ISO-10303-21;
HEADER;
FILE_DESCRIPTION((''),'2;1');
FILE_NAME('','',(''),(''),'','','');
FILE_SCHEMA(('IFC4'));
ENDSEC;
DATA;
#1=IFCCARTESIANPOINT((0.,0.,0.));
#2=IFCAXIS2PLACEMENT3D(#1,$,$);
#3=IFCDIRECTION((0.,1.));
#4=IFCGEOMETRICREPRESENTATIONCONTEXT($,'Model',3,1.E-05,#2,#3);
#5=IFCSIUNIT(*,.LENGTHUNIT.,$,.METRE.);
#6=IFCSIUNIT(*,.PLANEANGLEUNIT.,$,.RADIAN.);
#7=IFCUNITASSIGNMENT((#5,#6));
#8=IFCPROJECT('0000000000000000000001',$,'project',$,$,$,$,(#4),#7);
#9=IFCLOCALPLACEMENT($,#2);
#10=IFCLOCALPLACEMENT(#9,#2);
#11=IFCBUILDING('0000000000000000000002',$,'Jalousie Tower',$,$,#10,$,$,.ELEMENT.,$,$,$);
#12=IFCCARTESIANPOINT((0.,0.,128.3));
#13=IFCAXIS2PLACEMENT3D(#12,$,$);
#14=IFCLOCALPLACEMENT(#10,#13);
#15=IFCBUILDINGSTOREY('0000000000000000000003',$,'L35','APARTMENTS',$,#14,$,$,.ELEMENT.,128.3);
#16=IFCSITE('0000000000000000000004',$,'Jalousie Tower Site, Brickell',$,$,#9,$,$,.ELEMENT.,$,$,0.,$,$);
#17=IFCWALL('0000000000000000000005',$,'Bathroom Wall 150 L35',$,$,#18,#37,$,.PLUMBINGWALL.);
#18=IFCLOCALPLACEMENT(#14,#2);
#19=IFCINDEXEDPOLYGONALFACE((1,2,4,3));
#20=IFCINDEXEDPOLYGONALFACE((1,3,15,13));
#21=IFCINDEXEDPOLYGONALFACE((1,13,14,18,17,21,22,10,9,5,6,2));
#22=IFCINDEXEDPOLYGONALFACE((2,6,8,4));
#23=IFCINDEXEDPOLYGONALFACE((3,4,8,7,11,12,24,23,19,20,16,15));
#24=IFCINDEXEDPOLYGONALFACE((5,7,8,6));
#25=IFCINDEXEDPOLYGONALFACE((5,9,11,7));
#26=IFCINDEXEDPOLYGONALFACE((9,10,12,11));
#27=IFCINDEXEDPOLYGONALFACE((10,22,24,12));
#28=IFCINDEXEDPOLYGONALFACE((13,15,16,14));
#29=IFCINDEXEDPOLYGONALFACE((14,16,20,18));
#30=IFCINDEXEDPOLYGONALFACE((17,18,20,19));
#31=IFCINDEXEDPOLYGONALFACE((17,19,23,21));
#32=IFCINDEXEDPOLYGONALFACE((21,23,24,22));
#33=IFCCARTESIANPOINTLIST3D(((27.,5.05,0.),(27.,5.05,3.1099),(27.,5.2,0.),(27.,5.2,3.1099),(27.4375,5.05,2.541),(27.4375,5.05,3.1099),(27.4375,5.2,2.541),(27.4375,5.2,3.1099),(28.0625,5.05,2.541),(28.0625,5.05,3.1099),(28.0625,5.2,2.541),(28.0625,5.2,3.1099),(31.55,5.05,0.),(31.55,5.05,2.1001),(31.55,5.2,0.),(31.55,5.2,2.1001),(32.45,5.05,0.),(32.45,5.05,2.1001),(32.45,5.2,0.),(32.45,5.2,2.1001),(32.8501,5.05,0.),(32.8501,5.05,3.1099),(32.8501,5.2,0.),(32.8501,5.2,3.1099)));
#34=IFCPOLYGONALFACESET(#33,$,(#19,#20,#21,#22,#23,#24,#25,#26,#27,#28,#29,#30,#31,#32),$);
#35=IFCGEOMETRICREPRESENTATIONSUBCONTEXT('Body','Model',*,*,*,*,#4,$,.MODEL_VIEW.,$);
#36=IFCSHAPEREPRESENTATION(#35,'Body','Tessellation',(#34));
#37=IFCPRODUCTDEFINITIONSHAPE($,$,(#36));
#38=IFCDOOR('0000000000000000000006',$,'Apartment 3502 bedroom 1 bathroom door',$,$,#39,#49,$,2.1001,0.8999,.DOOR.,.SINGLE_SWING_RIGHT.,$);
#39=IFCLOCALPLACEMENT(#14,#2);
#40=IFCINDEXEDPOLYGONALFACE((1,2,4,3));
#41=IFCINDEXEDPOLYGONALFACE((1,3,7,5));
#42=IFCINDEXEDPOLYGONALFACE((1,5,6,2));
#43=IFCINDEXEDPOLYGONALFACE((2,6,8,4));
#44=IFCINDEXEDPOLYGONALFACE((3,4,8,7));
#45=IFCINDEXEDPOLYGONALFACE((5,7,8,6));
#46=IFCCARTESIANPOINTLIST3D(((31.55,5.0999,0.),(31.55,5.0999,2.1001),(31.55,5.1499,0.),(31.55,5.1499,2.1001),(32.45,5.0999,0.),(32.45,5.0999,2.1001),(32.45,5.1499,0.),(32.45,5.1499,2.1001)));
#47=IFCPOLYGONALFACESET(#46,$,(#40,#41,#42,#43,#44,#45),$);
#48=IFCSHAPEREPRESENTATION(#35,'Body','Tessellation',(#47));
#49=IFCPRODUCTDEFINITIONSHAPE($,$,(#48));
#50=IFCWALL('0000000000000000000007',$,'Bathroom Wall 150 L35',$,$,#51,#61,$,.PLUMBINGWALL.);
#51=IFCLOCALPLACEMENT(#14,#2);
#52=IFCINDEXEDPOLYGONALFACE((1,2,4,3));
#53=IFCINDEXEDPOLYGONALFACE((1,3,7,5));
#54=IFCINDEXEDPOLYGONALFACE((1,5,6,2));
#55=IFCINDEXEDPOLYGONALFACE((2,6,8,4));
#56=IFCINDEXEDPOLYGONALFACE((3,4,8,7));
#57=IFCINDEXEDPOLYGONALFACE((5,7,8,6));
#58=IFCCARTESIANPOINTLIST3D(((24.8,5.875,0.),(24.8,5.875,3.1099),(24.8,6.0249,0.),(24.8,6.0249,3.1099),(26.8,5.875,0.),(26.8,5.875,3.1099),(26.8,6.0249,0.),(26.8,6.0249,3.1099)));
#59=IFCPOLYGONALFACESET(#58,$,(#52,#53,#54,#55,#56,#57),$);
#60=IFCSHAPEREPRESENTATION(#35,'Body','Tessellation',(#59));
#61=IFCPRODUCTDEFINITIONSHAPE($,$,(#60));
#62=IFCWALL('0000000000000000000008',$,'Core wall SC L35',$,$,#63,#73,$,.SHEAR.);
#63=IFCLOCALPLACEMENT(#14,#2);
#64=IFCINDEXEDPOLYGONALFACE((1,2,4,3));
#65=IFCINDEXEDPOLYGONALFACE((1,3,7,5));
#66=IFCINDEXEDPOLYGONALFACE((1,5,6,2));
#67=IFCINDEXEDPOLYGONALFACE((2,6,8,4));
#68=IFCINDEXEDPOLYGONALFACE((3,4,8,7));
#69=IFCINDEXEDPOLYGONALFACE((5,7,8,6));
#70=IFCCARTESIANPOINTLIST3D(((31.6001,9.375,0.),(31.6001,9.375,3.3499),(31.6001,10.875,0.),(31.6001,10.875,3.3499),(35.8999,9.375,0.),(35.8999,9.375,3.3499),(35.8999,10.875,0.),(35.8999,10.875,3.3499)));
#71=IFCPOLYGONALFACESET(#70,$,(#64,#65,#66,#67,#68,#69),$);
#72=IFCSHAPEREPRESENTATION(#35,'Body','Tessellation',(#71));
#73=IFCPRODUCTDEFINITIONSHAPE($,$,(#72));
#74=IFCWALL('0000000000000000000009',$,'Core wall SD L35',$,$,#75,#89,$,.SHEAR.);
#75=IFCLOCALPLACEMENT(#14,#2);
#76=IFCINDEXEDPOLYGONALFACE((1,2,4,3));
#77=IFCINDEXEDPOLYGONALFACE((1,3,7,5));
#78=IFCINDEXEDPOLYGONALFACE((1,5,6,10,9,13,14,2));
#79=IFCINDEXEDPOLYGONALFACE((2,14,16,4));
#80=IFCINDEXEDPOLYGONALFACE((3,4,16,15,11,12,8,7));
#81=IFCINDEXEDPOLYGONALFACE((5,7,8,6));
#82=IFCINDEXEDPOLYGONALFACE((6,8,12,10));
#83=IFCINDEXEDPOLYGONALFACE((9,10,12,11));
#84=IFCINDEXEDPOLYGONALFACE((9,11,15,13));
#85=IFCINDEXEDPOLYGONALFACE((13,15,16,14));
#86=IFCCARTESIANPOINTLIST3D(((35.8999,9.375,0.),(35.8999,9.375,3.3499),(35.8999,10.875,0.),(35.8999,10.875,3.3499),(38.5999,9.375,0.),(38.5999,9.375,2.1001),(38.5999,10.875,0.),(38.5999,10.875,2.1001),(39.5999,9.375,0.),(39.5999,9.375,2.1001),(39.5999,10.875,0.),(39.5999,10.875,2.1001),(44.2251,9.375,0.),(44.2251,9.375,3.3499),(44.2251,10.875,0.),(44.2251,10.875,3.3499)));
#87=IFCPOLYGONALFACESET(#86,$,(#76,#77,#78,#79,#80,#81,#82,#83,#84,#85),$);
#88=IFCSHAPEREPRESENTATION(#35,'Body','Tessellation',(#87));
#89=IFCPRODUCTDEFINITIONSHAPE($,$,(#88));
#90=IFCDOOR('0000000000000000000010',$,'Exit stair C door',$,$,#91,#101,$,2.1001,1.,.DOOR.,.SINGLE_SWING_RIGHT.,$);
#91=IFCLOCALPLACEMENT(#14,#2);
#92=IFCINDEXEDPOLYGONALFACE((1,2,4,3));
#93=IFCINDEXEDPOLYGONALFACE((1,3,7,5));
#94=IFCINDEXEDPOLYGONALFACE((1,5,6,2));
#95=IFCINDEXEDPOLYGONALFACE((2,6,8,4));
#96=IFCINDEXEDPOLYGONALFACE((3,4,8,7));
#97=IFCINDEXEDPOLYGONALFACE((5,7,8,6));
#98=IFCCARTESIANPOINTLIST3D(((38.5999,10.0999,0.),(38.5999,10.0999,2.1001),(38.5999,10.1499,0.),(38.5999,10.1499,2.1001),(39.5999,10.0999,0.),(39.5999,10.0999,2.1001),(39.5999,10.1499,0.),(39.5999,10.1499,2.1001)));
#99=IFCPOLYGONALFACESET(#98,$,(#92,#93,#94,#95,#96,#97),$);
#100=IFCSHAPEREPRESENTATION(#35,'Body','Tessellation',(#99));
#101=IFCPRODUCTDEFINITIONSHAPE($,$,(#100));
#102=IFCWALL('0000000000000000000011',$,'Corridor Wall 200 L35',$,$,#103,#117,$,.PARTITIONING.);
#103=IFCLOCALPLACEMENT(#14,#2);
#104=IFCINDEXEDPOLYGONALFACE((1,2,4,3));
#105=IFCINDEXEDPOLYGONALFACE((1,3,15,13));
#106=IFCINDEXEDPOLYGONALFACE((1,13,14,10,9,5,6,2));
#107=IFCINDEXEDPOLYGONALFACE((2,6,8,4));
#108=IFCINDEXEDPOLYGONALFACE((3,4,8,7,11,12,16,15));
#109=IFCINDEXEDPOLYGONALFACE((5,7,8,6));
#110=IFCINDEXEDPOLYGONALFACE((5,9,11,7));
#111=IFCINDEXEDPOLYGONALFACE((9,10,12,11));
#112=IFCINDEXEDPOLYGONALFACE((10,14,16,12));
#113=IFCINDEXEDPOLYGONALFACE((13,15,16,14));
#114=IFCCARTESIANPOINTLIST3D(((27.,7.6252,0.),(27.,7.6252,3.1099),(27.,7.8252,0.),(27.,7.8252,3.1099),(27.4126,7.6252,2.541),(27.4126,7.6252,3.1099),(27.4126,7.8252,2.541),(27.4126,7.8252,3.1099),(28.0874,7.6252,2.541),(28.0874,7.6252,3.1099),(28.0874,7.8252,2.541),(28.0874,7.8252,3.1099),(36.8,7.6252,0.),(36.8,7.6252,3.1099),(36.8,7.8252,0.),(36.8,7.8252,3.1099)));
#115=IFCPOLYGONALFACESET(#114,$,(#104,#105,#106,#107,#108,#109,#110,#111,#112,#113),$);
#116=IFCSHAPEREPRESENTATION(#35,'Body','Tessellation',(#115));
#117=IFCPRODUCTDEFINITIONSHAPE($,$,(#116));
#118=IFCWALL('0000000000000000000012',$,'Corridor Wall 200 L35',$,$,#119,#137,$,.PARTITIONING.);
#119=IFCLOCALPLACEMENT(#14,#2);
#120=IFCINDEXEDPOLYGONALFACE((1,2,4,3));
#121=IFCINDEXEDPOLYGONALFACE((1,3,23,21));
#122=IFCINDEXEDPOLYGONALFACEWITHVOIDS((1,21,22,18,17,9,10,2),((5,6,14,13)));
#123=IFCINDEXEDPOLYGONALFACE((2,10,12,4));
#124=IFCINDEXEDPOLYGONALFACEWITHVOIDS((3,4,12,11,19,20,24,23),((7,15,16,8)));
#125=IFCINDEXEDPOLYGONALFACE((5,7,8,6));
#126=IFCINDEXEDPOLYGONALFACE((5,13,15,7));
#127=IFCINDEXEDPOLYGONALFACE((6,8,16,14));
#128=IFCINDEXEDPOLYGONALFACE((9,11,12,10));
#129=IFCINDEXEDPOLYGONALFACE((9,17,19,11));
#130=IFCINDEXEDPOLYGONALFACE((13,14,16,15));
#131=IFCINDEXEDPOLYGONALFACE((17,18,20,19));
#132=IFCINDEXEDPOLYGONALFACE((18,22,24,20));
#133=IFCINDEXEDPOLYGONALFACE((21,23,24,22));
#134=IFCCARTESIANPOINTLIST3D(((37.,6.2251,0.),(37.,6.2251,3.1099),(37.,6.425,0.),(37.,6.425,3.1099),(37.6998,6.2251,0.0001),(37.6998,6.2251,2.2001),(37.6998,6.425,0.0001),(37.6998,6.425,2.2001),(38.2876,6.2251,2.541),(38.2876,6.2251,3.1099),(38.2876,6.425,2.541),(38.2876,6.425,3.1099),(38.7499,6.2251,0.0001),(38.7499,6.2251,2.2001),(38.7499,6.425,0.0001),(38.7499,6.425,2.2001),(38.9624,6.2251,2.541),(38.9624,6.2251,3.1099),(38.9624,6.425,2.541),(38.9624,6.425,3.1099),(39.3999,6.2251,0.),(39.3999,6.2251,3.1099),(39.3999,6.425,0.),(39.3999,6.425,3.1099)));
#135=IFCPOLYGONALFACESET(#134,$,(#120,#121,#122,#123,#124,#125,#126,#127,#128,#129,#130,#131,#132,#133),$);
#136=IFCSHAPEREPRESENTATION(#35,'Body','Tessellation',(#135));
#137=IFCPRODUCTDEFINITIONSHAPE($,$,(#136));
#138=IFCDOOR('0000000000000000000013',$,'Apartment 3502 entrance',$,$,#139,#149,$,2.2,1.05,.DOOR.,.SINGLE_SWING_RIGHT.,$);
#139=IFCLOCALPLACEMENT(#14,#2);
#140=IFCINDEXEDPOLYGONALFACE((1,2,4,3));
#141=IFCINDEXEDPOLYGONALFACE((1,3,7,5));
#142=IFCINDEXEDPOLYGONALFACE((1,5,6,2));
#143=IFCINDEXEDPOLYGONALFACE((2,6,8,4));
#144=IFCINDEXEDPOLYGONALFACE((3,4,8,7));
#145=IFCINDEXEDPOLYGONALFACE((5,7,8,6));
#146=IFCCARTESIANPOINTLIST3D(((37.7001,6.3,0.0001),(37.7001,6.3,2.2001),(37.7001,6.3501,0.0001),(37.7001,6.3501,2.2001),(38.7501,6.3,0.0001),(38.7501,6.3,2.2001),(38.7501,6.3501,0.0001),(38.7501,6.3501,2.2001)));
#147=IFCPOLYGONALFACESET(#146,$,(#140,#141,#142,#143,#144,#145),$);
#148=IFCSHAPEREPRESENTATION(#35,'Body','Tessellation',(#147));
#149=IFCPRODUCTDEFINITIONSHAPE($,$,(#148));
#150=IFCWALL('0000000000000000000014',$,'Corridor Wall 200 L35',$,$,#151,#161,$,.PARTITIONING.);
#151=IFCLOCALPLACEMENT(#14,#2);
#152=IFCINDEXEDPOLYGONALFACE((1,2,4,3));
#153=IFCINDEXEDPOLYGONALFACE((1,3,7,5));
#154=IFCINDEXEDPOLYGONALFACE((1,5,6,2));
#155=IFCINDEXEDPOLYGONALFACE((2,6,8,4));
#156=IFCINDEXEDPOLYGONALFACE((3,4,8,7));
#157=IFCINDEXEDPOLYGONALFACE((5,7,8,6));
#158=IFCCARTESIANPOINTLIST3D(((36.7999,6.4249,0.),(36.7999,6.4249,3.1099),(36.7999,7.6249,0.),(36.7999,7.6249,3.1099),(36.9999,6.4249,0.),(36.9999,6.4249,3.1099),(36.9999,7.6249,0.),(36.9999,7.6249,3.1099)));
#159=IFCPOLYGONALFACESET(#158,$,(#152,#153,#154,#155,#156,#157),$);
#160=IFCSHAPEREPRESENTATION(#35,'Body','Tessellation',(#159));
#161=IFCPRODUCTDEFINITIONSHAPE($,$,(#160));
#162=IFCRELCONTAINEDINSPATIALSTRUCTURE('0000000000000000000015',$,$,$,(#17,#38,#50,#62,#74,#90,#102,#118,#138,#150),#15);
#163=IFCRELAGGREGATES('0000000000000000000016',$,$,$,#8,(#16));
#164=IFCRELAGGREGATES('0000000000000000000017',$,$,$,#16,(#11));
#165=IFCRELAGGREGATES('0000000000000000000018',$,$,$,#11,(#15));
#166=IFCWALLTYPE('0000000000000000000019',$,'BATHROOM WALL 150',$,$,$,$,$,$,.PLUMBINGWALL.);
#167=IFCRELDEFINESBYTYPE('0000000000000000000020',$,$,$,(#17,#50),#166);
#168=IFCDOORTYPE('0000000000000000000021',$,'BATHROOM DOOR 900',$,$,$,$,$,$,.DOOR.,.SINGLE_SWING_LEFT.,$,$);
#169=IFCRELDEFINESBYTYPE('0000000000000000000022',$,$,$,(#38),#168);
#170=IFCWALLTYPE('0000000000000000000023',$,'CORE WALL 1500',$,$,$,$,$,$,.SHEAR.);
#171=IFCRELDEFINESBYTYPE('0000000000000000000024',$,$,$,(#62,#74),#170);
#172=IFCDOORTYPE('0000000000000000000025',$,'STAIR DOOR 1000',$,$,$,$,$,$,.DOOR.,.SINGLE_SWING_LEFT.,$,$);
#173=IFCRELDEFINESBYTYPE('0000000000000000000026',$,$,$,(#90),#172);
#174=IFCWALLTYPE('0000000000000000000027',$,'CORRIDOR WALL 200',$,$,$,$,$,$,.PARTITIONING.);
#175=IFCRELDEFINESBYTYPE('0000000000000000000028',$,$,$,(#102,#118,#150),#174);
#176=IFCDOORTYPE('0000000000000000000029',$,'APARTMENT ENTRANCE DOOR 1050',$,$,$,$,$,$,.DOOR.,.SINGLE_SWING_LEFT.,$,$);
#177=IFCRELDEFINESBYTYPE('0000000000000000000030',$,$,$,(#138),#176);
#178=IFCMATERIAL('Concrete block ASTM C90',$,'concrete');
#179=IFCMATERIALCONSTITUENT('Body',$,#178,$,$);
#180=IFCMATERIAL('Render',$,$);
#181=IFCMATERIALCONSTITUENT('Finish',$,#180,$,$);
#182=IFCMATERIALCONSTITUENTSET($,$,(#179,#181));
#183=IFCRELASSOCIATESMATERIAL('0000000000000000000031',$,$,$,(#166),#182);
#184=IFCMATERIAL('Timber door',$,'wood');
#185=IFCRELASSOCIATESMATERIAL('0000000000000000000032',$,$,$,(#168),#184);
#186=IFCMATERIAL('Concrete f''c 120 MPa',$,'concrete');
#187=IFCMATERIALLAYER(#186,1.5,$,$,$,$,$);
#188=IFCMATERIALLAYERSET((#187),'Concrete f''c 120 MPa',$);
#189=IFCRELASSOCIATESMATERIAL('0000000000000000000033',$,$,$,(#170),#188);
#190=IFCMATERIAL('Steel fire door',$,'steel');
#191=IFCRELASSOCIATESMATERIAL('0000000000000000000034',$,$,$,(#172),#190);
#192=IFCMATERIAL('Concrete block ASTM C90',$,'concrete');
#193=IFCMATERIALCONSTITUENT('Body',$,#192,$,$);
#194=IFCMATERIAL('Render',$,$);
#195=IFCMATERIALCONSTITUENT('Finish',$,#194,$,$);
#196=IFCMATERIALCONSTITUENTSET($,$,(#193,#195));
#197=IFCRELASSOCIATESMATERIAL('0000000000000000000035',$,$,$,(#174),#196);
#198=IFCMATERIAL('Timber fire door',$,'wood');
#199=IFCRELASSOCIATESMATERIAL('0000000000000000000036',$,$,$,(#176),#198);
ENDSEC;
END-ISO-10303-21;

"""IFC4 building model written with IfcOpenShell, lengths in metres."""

from ifc_helpers import new_model, si_unit, direction, frame, frame_2d, origin, place, context, subcontext, project, spatial, polyline, rectangle, outline, extrude, material, layer, layer_set, constituent, constituent_set, type_object, element, fill, save


model = new_model("IFC4")

# Units and contexts
model_context = context("Model", 3, precision=1e-05, world=origin(), true_north=direction((0.0, 1.0)))
body_context = subcontext(model_context, "Body", "Model", "MODEL_VIEW")
ifc_project = project(units=[si_unit("LENGTHUNIT", "METRE"), si_unit("PLANEANGLEUNIT", "RADIAN")], contexts=[model_context])

# Site, building, storey
site_placement = place(None, origin())
site = spatial("IfcSite", under=ifc_project, at=site_placement, Name="Jalousie Tower Site, Brickell", CompositionType="ELEMENT", RefElevation=0.0)
building_placement = place(site_placement, origin())
building = spatial("IfcBuilding", under=site, at=building_placement, Name="Jalousie Tower", CompositionType="ELEMENT")
storey_placement = place(building_placement, frame((0.0, 0.0, 128.3)))
storey = spatial("IfcBuildingStorey", under=building, at=storey_placement, Name="L35", Description="APARTMENTS", CompositionType="ELEMENT", Elevation=128.3)

# Wall, opening, door
ifc_material_1 = material(Name="Concrete block ASTM C90", Category="concrete")
ifc_constituent_1 = constituent(ifc_material_1, Name="Body")
ifc_material_2 = material(Name="Render")
ifc_constituent_2 = constituent(ifc_material_2, Name="Finish")
ifc_constituent_set_1 = constituent_set(constituents=[ifc_constituent_1, ifc_constituent_2])
wall_type_1 = type_object("IfcWallType", Name="BATHROOM WALL 150", PredefinedType="PLUMBINGWALL", material=ifc_constituent_set_1)
wall_1_placement = place(storey_placement, frame((27.0, 5.125, 0.0), z_axis=(0.0, 0.0, 1.0), x_axis=(1.0, 0.0, 0.0)))
wall_1 = element("IfcWall", 1, at=wall_1_placement, inside=storey, type_object=wall_type_1, Name="Bathroom Wall 150 L35", PredefinedType="PLUMBINGWALL", context=body_context, shape_type="SweptSolid", body=[
    extrude(outline(polyline([(0.0, 0.0), (5.8501, 0.0), (5.8501, 3.1099), (1.0625, 3.1099), (1.0625, 2.541), (0.4375, 2.541), (0.4375, 3.1099), (0.0, 3.1099), (0.0, 0.0)])), frame((0.0, 0.075, 0.0), z_axis=(0.0, -1.0, 0.0), x_axis=(1.0, 0.0, 0.0)), (0.0, 0.0, 1.0), 0.1499),
])
opening_1_placement = place(wall_1_placement, frame((4.55, 0.0, 0.0)))
opening_1 = element("IfcOpeningElement", 2, at=opening_1_placement, cuts=wall_1, PredefinedType="OPENING", context=body_context, shape_type="SweptSolid", body=[
    extrude(rectangle(XDim=0.8999, YDim=2.1001, at=frame_2d((0.45, 1.05))), frame((0.0, 0.085, 0.0), z_axis=(0.0, -1.0, 0.0), x_axis=(1.0, 0.0, 0.0)), (0.0, 0.0, 1.0), 0.1699),
])
ifc_material_3 = material(Name="Timber door", Category="wood")
door_type_1 = type_object("IfcDoorType", Name="BATHROOM DOOR 900", OperationType="SINGLE_SWING_LEFT", PredefinedType="DOOR", material=ifc_material_3)
door_1_placement = place(opening_1_placement, origin())
door_1 = element("IfcDoor", 3, at=door_1_placement, inside=storey, type_object=door_type_1, Name="Apartment 3502 bedroom 1 bathroom door", OperationType="SINGLE_SWING_RIGHT", OverallHeight=2.1001, OverallWidth=0.8999, PredefinedType="DOOR", context=body_context, shape_type="SweptSolid", body=[
    extrude(rectangle(XDim=0.8999, YDim=2.1001, at=frame_2d((0.45, 1.05))), frame((0.0, 0.0249, 0.0), z_axis=(0.0, -1.0, 0.0), x_axis=(1.0, 0.0, 0.0)), (0.0, 0.0, 1.0), 0.05),
])
fill(opening_1, door_1)

# Walls
wall_2_placement = place(storey_placement, frame((26.8, 5.95, 0.0), z_axis=(0.0, 0.0, 1.0), x_axis=(-1.0, 0.0, 0.0)))
element("IfcWall", 4, at=wall_2_placement, inside=storey, type_object=wall_type_1, Name="Bathroom Wall 150 L35", PredefinedType="PLUMBINGWALL", context=body_context, shape_type="SweptSolid", body=[
    extrude(rectangle(XDim=2.0, YDim=0.1499, at=frame_2d((1.0, 0.0))), origin(), (0.0, 0.0, 1.0), 3.1099),
])
ifc_material_4 = material(Name="Concrete f'c 120 MPa", Category="concrete")
ifc_layer_1 = layer(ifc_material_4, 1.5)
ifc_layer_set_1 = layer_set([ifc_layer_1], Name="Concrete f'c 120 MPa")
wall_type_2 = type_object("IfcWallType", Name="CORE WALL 1500", PredefinedType="SHEAR", material=ifc_layer_set_1)
wall_3_placement = place(storey_placement, frame((31.6001, 10.125, 0.0), z_axis=(0.0, 0.0, 1.0), x_axis=(1.0, 0.0, 0.0)))
element("IfcWall", 5, at=wall_3_placement, inside=storey, type_object=wall_type_2, Name="Core wall SC L35", PredefinedType="SHEAR", context=body_context, shape_type="SweptSolid", body=[
    extrude(rectangle(XDim=4.2998, YDim=1.5, at=frame_2d((2.1499, 0.0))), origin(), (0.0, 0.0, 1.0), 3.3499),
])

# Wall, opening, door
wall_4_placement = place(storey_placement, frame((35.8999, 10.125, 0.0), z_axis=(0.0, 0.0, 1.0), x_axis=(1.0, 0.0, 0.0)))
wall_4 = element("IfcWall", 6, at=wall_4_placement, inside=storey, type_object=wall_type_2, Name="Core wall SD L35", PredefinedType="SHEAR", context=body_context, shape_type="SweptSolid", body=[
    extrude(rectangle(XDim=8.3252, YDim=1.5, at=frame_2d((4.1626, 0.0))), origin(), (0.0, 0.0, 1.0), 3.3499),
])
opening_2_placement = place(wall_4_placement, frame((2.7, 0.0, 0.0)))
opening_2 = element("IfcOpeningElement", 7, at=opening_2_placement, cuts=wall_4, PredefinedType="OPENING", context=body_context, shape_type="SweptSolid", body=[
    extrude(rectangle(XDim=1.0, YDim=2.1001, at=frame_2d((0.5, 1.05))), frame((0.0, 0.76, 0.0), z_axis=(0.0, -1.0, 0.0), x_axis=(1.0, 0.0, 0.0)), (0.0, 0.0, 1.0), 1.52),
])
ifc_material_5 = material(Name="Steel fire door", Category="steel")
door_type_2 = type_object("IfcDoorType", Name="STAIR DOOR 1000", OperationType="SINGLE_SWING_LEFT", PredefinedType="DOOR", material=ifc_material_5)
door_2_placement = place(opening_2_placement, origin())
door_2 = element("IfcDoor", 8, at=door_2_placement, inside=storey, type_object=door_type_2, Name="Exit stair C door", OperationType="SINGLE_SWING_RIGHT", OverallHeight=2.1001, OverallWidth=1.0, PredefinedType="DOOR", context=body_context, shape_type="SweptSolid", body=[
    extrude(rectangle(XDim=1.0, YDim=2.1001, at=frame_2d((0.5, 1.05))), frame((0.0, 0.0249, 0.0), z_axis=(0.0, -1.0, 0.0), x_axis=(1.0, 0.0, 0.0)), (0.0, 0.0, 1.0), 0.05),
])
fill(opening_2, door_2)

# Wall
ifc_material_6 = material(Name="Concrete block ASTM C90", Category="concrete")
ifc_constituent_3 = constituent(ifc_material_6, Name="Body")
ifc_material_7 = material(Name="Render")
ifc_constituent_4 = constituent(ifc_material_7, Name="Finish")
ifc_constituent_set_2 = constituent_set(constituents=[ifc_constituent_3, ifc_constituent_4])
wall_type_3 = type_object("IfcWallType", Name="CORRIDOR WALL 200", PredefinedType="PARTITIONING", material=ifc_constituent_set_2)
wall_5_placement = place(storey_placement, frame((27.0, 7.7251, 0.0), z_axis=(0.0, 0.0, 1.0), x_axis=(1.0, 0.0, 0.0)))
element("IfcWall", 9, at=wall_5_placement, inside=storey, type_object=wall_type_3, Name="Corridor Wall 200 L35", PredefinedType="PARTITIONING", context=body_context, shape_type="SweptSolid", body=[
    extrude(outline(polyline([(0.0, 0.0), (9.8, 0.0), (9.8, 3.1099), (1.0874, 3.1099), (1.0874, 2.541), (0.4126, 2.541), (0.4126, 3.1099), (0.0, 3.1099), (0.0, 0.0)])), frame((0.0, 0.1001, 0.0), z_axis=(0.0, -1.0, 0.0), x_axis=(1.0, 0.0, 0.0)), (0.0, 0.0, 1.0), 0.2),
])

# Wall, opening, door
wall_6_placement = place(storey_placement, frame((37.0, 6.325, 0.0), z_axis=(0.0, 0.0, 1.0), x_axis=(1.0, 0.0, 0.0)))
wall_6 = element("IfcWall", 10, at=wall_6_placement, inside=storey, type_object=wall_type_3, Name="Corridor Wall 200 L35", PredefinedType="PARTITIONING", context=body_context, shape_type="SweptSolid", body=[
    extrude(outline(polyline([(0.0, 0.0), (2.3999, 0.0), (2.3999, 3.1099), (1.9624, 3.1099), (1.9624, 2.541), (1.2876, 2.541), (1.2876, 3.1099), (0.0, 3.1099), (0.0, 0.0)])), frame((0.0, 0.1001, 0.0), z_axis=(0.0, -1.0, 0.0), x_axis=(1.0, 0.0, 0.0)), (0.0, 0.0, 1.0), 0.2),
])
opening_3_placement = place(wall_6_placement, frame((0.7, 0.0, 0.0)))
opening_3 = element("IfcOpeningElement", 11, at=opening_3_placement, cuts=wall_6, PredefinedType="OPENING", context=body_context, shape_type="SweptSolid", body=[
    extrude(rectangle(XDim=1.05, YDim=2.2, at=frame_2d((0.5249, 1.1001))), frame((0.0, 0.1099, 0.0), z_axis=(0.0, -1.0, 0.0), x_axis=(1.0, 0.0, 0.0)), (0.0, 0.0, 1.0), 0.22),
])
ifc_material_8 = material(Name="Timber fire door", Category="wood")
door_type_3 = type_object("IfcDoorType", Name="APARTMENT ENTRANCE DOOR 1050", OperationType="SINGLE_SWING_LEFT", PredefinedType="DOOR", material=ifc_material_8)
door_3_placement = place(opening_3_placement, frame((1.05, 0.0, 0.0), z_axis=(0.0, 0.0, 1.0), x_axis=(-1.0, 0.0, 0.0)))
door_3 = element("IfcDoor", 12, at=door_3_placement, inside=storey, type_object=door_type_3, Name="Apartment 3502 entrance", OperationType="SINGLE_SWING_RIGHT", OverallHeight=2.2, OverallWidth=1.05, PredefinedType="DOOR", context=body_context, shape_type="SweptSolid", body=[
    extrude(rectangle(XDim=1.05, YDim=2.2, at=frame_2d((0.5249, 1.1001))), frame((0.0, 0.0249, 0.0), z_axis=(0.0, -1.0, 0.0), x_axis=(1.0, 0.0, 0.0)), (0.0, 0.0, 1.0), 0.05),
])
fill(opening_3, door_3)

# Wall
wall_7_placement = place(storey_placement, frame((36.8999, 7.625, 0.0), z_axis=(0.0, 0.0, 1.0), x_axis=(0.0, -1.0, 0.0)))
element("IfcWall", 13, at=wall_7_placement, inside=storey, type_object=wall_type_3, Name="Corridor Wall 200 L35", PredefinedType="PARTITIONING", context=body_context, shape_type="SweptSolid", body=[
    extrude(rectangle(XDim=1.2, YDim=0.2, at=frame_2d((0.6001, 0.0))), origin(), (0.0, 0.0, 1.0), 3.1099),
])

save(model, "model.ifc")
